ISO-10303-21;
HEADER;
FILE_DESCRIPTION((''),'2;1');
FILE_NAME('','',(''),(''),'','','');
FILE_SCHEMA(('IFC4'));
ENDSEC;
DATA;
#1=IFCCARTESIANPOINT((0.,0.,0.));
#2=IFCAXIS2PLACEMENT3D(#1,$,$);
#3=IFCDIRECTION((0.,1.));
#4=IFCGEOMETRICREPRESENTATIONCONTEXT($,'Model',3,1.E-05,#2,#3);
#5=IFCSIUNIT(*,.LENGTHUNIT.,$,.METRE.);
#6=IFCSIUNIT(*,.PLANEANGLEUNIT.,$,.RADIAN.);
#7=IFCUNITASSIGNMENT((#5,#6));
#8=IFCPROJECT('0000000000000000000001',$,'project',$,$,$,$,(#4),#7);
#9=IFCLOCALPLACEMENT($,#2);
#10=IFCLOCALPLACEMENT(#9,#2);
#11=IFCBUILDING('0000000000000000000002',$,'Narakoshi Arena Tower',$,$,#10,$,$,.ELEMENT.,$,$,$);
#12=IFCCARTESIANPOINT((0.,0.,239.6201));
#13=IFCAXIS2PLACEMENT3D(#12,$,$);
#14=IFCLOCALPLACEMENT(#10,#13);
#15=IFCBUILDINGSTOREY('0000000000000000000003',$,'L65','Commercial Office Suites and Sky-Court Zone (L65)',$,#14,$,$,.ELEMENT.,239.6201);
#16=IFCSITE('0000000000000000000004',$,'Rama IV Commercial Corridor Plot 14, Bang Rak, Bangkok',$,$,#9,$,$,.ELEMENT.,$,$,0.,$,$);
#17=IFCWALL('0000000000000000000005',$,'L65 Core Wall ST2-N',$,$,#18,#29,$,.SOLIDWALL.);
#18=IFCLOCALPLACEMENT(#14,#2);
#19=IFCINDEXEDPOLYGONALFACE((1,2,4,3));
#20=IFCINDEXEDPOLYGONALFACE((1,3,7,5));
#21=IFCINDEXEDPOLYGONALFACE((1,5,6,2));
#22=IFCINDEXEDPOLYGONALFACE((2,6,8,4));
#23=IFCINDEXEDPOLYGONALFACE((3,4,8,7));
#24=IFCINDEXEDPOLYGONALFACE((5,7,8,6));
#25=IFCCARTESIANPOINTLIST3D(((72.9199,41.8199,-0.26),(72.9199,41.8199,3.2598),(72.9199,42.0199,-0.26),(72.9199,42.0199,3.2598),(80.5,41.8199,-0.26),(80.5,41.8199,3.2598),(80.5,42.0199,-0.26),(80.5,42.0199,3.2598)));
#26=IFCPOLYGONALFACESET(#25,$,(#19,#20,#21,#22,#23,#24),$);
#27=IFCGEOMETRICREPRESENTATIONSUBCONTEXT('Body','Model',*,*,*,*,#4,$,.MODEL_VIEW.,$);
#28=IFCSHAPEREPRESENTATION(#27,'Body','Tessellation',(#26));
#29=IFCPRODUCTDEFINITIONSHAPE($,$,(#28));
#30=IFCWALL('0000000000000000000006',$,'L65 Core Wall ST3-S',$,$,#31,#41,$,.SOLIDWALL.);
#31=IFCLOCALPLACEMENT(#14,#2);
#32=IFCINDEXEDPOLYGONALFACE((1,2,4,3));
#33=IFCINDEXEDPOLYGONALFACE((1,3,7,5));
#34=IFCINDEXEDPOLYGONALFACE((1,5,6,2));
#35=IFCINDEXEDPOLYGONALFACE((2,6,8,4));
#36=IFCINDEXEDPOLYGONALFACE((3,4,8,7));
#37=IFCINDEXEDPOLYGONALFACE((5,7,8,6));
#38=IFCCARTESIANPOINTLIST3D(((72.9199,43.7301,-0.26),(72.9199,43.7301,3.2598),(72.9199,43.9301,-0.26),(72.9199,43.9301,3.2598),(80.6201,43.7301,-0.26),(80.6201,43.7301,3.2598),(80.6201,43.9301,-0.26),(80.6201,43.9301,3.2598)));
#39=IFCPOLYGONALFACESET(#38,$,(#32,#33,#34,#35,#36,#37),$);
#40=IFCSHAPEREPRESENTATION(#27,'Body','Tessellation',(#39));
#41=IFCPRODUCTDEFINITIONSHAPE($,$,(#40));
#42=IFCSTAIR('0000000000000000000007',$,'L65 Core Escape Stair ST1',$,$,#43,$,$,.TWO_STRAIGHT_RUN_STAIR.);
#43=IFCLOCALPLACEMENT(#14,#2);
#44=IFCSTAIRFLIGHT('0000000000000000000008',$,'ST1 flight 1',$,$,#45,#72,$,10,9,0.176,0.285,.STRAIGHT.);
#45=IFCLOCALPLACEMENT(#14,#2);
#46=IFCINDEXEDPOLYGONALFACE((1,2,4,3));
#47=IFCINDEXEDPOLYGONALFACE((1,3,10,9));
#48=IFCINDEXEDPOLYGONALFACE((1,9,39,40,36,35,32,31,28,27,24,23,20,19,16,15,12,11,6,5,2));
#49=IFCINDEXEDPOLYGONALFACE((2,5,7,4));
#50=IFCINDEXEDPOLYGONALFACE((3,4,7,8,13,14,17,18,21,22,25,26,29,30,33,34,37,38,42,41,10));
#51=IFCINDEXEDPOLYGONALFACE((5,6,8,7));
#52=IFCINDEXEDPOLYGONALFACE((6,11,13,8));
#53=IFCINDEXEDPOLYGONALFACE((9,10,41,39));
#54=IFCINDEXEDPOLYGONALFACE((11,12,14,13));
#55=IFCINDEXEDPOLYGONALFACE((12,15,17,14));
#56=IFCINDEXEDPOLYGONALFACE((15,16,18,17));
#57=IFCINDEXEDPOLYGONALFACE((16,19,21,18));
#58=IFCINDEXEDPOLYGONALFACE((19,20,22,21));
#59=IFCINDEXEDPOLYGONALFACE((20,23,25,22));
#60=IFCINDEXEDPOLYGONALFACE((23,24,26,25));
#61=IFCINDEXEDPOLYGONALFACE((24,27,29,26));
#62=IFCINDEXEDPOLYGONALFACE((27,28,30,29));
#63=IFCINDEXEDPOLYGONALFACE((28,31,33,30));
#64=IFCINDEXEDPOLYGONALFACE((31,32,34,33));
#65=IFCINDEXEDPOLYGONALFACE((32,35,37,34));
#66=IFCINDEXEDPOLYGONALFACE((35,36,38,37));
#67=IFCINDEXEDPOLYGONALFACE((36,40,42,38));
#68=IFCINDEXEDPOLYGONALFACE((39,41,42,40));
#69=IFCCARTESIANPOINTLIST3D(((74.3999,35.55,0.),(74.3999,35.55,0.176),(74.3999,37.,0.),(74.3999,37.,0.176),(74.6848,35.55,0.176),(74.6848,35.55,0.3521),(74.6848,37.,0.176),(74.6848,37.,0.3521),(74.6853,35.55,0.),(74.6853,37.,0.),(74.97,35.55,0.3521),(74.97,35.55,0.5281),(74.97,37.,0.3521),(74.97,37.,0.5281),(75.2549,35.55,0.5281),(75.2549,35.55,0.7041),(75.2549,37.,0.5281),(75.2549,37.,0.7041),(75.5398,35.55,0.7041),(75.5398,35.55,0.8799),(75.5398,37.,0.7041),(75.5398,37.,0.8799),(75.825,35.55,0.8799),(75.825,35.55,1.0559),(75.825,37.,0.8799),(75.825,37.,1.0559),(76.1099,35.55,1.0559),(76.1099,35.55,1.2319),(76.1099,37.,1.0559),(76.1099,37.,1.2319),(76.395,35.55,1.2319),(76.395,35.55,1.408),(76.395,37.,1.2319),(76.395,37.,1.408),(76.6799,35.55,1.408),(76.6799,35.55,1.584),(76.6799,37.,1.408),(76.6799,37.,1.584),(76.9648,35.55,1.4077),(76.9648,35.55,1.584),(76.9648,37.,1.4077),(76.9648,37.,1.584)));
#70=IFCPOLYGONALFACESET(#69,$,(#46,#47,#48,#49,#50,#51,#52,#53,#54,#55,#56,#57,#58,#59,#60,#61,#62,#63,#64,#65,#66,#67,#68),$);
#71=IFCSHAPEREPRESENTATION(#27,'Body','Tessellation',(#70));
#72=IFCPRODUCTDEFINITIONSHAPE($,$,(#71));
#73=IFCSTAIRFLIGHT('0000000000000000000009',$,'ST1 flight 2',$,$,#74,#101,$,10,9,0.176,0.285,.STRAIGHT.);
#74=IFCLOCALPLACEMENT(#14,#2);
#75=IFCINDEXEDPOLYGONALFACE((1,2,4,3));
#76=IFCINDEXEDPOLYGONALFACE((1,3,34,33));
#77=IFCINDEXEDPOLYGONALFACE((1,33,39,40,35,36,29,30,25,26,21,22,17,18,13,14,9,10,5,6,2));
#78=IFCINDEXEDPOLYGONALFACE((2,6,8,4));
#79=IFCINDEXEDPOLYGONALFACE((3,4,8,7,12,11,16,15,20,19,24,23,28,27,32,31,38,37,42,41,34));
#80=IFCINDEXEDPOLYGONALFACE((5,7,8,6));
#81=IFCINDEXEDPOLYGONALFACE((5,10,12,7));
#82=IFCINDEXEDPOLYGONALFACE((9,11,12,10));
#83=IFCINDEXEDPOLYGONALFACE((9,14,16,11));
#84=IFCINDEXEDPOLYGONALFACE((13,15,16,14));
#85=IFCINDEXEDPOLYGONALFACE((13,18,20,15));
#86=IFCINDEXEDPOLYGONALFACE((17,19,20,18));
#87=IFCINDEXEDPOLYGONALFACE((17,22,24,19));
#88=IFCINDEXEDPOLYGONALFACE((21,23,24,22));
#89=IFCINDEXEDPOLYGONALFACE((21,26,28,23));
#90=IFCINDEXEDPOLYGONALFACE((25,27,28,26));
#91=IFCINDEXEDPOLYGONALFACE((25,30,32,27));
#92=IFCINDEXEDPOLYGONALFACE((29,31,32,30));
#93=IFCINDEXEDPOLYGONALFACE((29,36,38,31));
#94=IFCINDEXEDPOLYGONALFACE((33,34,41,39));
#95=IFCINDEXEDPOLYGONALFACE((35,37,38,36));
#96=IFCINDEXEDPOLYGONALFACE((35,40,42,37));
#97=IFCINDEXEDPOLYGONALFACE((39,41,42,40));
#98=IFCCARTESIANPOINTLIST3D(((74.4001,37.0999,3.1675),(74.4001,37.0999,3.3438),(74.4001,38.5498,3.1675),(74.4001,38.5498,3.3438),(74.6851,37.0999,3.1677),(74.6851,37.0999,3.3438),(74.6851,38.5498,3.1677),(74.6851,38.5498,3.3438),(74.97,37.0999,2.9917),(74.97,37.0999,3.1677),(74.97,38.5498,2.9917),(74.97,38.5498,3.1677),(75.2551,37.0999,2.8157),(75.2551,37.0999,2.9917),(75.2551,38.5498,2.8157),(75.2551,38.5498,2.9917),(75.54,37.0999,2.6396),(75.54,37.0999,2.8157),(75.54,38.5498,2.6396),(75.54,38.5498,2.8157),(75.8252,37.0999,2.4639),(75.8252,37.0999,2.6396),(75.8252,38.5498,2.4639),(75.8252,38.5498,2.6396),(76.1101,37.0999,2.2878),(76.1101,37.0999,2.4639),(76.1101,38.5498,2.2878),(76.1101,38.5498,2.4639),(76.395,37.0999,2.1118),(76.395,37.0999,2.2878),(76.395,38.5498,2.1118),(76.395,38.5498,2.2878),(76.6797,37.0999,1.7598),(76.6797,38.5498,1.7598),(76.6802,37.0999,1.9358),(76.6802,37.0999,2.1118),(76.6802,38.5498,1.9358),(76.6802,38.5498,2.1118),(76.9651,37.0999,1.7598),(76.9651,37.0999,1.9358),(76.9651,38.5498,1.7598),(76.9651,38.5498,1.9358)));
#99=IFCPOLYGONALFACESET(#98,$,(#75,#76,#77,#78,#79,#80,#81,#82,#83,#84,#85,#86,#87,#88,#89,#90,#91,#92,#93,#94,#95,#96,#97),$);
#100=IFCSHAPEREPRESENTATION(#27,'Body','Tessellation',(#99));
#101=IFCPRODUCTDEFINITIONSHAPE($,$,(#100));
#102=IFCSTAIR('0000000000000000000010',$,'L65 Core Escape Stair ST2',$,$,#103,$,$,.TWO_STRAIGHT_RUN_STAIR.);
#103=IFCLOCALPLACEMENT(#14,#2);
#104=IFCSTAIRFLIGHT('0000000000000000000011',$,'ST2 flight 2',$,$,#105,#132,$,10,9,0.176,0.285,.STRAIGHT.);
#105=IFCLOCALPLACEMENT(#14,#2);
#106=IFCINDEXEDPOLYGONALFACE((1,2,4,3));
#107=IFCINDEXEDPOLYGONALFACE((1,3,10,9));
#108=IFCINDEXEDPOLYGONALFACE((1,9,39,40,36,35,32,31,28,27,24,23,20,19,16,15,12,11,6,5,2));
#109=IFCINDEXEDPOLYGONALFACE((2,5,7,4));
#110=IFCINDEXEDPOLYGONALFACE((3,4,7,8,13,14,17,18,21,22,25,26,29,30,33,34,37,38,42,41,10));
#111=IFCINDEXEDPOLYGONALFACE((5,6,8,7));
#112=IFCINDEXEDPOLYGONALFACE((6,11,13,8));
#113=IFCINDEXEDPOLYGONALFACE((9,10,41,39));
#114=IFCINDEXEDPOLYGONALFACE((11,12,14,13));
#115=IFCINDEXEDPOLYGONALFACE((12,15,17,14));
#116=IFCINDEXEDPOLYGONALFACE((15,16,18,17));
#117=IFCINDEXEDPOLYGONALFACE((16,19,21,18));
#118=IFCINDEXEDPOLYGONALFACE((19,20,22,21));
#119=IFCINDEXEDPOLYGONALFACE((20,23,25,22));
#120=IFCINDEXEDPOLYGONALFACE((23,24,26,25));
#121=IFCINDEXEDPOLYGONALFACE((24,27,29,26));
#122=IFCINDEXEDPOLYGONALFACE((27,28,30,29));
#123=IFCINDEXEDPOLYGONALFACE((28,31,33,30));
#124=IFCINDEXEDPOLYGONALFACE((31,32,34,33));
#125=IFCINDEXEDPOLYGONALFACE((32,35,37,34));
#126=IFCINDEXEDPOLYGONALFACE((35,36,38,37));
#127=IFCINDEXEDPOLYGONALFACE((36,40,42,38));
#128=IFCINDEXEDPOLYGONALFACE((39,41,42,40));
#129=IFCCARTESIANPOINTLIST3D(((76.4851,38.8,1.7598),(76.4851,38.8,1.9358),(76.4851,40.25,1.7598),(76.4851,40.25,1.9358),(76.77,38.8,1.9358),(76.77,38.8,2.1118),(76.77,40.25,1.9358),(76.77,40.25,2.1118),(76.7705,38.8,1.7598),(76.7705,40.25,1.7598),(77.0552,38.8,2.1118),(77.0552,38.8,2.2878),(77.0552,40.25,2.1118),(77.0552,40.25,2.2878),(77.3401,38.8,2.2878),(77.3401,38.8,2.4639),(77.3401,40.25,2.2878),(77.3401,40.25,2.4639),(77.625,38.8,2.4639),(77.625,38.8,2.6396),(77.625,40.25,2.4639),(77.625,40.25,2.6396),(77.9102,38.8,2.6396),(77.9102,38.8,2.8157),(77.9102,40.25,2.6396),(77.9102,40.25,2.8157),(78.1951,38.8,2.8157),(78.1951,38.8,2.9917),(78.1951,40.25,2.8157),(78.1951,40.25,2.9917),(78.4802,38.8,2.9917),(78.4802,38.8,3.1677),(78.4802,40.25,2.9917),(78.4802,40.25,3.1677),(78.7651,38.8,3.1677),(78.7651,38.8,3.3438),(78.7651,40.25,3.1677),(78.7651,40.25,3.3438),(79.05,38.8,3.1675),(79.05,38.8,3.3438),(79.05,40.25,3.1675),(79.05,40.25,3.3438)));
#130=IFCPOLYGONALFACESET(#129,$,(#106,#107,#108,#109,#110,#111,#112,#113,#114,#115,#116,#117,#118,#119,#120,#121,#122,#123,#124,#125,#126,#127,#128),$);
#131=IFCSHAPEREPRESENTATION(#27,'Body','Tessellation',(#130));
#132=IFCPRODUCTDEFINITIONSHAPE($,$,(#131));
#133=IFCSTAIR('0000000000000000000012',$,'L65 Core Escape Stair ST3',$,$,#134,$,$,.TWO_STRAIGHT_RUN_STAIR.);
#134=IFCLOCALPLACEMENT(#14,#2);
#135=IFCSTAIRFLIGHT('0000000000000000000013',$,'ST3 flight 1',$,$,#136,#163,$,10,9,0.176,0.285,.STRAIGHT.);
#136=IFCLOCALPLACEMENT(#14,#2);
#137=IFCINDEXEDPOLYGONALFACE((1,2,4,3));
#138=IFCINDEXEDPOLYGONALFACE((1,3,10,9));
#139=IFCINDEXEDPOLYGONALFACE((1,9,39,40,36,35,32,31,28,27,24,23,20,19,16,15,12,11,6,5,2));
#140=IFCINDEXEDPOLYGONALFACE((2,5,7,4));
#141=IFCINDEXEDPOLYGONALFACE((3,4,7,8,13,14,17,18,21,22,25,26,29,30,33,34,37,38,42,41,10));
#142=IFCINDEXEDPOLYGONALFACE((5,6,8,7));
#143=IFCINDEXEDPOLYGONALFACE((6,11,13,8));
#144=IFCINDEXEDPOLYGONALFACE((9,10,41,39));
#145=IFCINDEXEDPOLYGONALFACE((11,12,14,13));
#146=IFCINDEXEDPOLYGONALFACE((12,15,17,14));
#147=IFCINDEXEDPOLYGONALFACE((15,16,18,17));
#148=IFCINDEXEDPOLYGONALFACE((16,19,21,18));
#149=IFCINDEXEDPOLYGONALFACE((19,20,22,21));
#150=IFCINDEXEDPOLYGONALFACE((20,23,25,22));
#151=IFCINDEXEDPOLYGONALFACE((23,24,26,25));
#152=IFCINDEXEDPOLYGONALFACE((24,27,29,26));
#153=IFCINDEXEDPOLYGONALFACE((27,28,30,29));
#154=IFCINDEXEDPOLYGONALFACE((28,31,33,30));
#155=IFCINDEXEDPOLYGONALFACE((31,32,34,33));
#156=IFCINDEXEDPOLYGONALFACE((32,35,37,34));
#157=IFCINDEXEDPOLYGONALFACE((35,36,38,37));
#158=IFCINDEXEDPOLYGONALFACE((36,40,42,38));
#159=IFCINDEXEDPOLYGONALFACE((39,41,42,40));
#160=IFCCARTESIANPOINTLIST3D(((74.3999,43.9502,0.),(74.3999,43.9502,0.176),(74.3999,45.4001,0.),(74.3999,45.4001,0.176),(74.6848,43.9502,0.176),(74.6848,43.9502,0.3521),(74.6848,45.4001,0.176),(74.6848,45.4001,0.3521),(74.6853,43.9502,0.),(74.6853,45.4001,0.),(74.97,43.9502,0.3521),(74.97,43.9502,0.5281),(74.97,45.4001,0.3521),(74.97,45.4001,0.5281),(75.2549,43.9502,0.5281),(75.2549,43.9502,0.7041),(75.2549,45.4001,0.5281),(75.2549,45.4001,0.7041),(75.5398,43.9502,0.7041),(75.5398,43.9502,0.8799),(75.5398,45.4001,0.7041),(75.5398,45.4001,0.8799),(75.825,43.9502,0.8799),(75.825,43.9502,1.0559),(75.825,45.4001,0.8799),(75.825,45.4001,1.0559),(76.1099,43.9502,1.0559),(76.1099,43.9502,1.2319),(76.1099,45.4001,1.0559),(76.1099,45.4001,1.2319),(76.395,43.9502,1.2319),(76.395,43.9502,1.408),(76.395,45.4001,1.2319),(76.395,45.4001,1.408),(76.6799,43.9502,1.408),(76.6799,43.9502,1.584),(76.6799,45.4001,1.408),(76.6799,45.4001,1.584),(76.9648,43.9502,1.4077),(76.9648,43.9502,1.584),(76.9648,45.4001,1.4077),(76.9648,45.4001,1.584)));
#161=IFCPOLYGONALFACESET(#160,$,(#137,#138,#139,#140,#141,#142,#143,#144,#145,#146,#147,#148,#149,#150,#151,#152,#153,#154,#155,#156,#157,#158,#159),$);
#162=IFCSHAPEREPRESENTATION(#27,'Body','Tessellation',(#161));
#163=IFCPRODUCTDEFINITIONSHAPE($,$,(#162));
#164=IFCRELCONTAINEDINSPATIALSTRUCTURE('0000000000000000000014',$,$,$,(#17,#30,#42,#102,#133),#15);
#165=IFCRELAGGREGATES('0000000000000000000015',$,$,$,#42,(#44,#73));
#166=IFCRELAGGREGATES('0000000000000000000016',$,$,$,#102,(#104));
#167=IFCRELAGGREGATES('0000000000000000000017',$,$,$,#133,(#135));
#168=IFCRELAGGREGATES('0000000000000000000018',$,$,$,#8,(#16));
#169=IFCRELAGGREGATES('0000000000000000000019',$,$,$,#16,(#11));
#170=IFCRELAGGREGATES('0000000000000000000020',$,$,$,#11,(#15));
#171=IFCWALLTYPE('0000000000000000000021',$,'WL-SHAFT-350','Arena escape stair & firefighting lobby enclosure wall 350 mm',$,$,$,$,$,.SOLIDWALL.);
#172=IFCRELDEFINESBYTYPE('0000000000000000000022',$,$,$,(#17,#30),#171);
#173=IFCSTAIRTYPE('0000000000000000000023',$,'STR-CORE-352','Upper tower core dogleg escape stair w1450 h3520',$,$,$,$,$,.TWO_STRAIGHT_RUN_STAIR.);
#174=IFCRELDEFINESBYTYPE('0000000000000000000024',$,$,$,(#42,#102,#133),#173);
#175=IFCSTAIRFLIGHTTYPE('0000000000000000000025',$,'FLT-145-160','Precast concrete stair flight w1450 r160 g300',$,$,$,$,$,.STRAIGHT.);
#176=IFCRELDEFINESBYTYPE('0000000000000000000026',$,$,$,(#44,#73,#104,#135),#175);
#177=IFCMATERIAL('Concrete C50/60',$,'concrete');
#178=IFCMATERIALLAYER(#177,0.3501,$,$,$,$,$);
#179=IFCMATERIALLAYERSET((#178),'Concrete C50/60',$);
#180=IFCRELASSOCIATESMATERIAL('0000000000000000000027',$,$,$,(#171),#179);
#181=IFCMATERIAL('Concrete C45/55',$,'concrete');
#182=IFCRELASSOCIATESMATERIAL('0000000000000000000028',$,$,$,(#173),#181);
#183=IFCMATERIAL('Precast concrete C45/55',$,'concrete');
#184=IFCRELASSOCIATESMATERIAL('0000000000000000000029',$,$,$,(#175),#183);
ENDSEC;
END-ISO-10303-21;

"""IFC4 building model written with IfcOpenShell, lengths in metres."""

from ifc_helpers import new_model, si_unit, direction, frame, frame_2d, origin, place, context, subcontext, project, spatial, polyline, rectangle, outline, extrude, material, layer, layer_set, type_object, element, aggregate, save


model = new_model("IFC4")

# Units and contexts
model_context = context("Model", 3, precision=1e-05, world=origin(), true_north=direction((0.0, 1.0)))
body_context = subcontext(model_context, "Body", "Model", "MODEL_VIEW")
ifc_project = project(units=[si_unit("LENGTHUNIT", "METRE"), si_unit("PLANEANGLEUNIT", "RADIAN")], contexts=[model_context])

# Site, building, storey
site_placement = place(None, origin())
site = spatial("IfcSite", under=ifc_project, at=site_placement, Name="Rama IV Commercial Corridor Plot 14, Bang Rak, Bangkok", CompositionType="ELEMENT", RefElevation=0.0)
building_placement = place(site_placement, origin())
building = spatial("IfcBuilding", under=site, at=building_placement, Name="Narakoshi Arena Tower", CompositionType="ELEMENT")
storey_placement = place(building_placement, frame((0.0, 0.0, 239.6201)))
storey = spatial("IfcBuildingStorey", under=building, at=storey_placement, Name="L65", Description="Commercial Office Suites and Sky-Court Zone (L65)", CompositionType="ELEMENT", Elevation=239.6201)

# Shared definitions
ifc_material_1 = material(Name="Concrete C50/60", Category="concrete")

# Shared definitions
ifc_material_2 = material(Name="Precast concrete C45/55", Category="concrete")

# Walls
ifc_layer_1 = layer(ifc_material_1, 0.3501)
ifc_layer_set_1 = layer_set([ifc_layer_1], Name="Concrete C50/60")
wall_type_1 = type_object("IfcWallType", Name="WL-SHAFT-350", Description="Arena escape stair & firefighting lobby enclosure wall 350 mm", PredefinedType="SOLIDWALL", material=ifc_layer_set_1)
wall_1_placement = place(storey_placement, frame((72.9199, 41.9199, -0.26), z_axis=(0.0, 0.0, 1.0), x_axis=(1.0, 0.0, 0.0)))
element("IfcWall", 1, at=wall_1_placement, inside=storey, type_object=wall_type_1, Name="L65 Core Wall ST2-N", PredefinedType="SOLIDWALL", context=body_context, shape_type="SweptSolid", body=[
    extrude(rectangle(XDim=7.5801, YDim=0.2, at=frame_2d((3.79, 0.0))), origin(), (0.0, 0.0, 1.0), 3.5198),
])
wall_2_placement = place(storey_placement, frame((72.9199, 43.8301, -0.26), z_axis=(0.0, 0.0, 1.0), x_axis=(1.0, 0.0, 0.0)))
element("IfcWall", 2, at=wall_2_placement, inside=storey, type_object=wall_type_1, Name="L65 Core Wall ST3-S", PredefinedType="SOLIDWALL", context=body_context, shape_type="SweptSolid", body=[
    extrude(rectangle(XDim=7.7002, YDim=0.2, at=frame_2d((3.8501, 0.0))), origin(), (0.0, 0.0, 1.0), 3.5198),
])

# Stair, stair flights
ifc_material_3 = material(Name="Concrete C45/55", Category="concrete")
stair_type = type_object("IfcStairType", Name="STR-CORE-352", Description="Upper tower core dogleg escape stair w1450 h3520", PredefinedType="TWO_STRAIGHT_RUN_STAIR", material=ifc_material_3)
stair_1_placement = place(storey_placement, origin())
stair_1 = element("IfcStair", 3, at=stair_1_placement, inside=storey, type_object=stair_type, Name="L65 Core Escape Stair ST1", PredefinedType="TWO_STRAIGHT_RUN_STAIR")
stair_flight_type = type_object("IfcStairFlightType", Name="FLT-145-160", Description="Precast concrete stair flight w1450 r160 g300", PredefinedType="STRAIGHT", material=ifc_material_2)
stair_flight_1_placement = place(storey_placement, frame((74.3999, 36.2749, 0.0), z_axis=(0.0, 0.0, 1.0), x_axis=(1.0, 0.0, 0.0)))
stair_flight_1 = element("IfcStairFlight", 4, at=stair_flight_1_placement, type_object=stair_flight_type, Name="ST1 flight 1", NumberOfRisers=10, NumberOfTreads=9, PredefinedType="STRAIGHT", RiserHeight=0.176, TreadLength=0.285, context=body_context, shape_type="SweptSolid", body=[
    extrude(outline(polyline([(0.0, 0.0), (0.0, 0.176), (0.2849, 0.176), (0.2849, 0.3521), (0.5701, 0.3521), (0.5701, 0.5281), (0.855, 0.5281), (0.855, 0.7041), (1.1399, 0.7041), (1.1399, 0.8799), (1.425, 0.8799), (1.425, 1.0559), (1.71, 1.0559), (1.71, 1.2319), (1.9951, 1.2319), (1.9951, 1.408), (2.28, 1.408), (2.28, 1.584), (2.5649, 1.584), (2.5649, 1.76), (2.5649, 1.4077), (0.2854, 0.0), (0.0, 0.0)])), frame((0.0, 0.7251, 0.0), z_axis=(0.0, -1.0, 0.0), x_axis=(1.0, 0.0, 0.0)), (0.0, 0.0, 1.0), 1.45),
])
stair_flight_2_placement = place(storey_placement, frame((76.9651, 37.825, 1.7598), z_axis=(0.0, 0.0, 1.0), x_axis=(-1.0, 0.0, 0.0)))
stair_flight_2 = element("IfcStairFlight", 5, at=stair_flight_2_placement, type_object=stair_flight_type, Name="ST1 flight 2", NumberOfRisers=10, NumberOfTreads=9, PredefinedType="STRAIGHT", RiserHeight=0.176, TreadLength=0.285, context=body_context, shape_type="SweptSolid", body=[
    extrude(outline(polyline([(0.0, 0.0), (0.0, 0.176), (0.2849, 0.176), (0.2849, 0.3521), (0.5701, 0.3521), (0.5701, 0.5281), (0.855, 0.5281), (0.855, 0.7041), (1.1399, 0.7041), (1.1399, 0.8799), (1.425, 0.8799), (1.425, 1.0559), (1.71, 1.0559), (1.71, 1.2319), (1.9951, 1.2319), (1.9951, 1.408), (2.28, 1.408), (2.28, 1.584), (2.5649, 1.584), (2.5649, 1.76), (2.5649, 1.4077), (0.2854, 0.0), (0.0, 0.0)])), frame((0.0, 0.7251, 0.0), z_axis=(0.0, -1.0, 0.0), x_axis=(1.0, 0.0, 0.0)), (0.0, 0.0, 1.0), 1.45),
])
aggregate(stair_1, [stair_flight_1, stair_flight_2])

# Stairs, stair flights
stair_2_placement = place(storey_placement, origin())
stair_2 = element("IfcStair", 6, at=stair_2_placement, inside=storey, type_object=stair_type, Name="L65 Core Escape Stair ST2", PredefinedType="TWO_STRAIGHT_RUN_STAIR")
stair_flight_3_placement = place(storey_placement, frame((76.4851, 39.5249, 1.7598), z_axis=(0.0, 0.0, 1.0), x_axis=(1.0, 0.0, 0.0)))
stair_flight_3 = element("IfcStairFlight", 7, at=stair_flight_3_placement, type_object=stair_flight_type, Name="ST2 flight 2", NumberOfRisers=10, NumberOfTreads=9, PredefinedType="STRAIGHT", RiserHeight=0.176, TreadLength=0.285, context=body_context, shape_type="SweptSolid", body=[
    extrude(outline(polyline([(0.0, 0.0), (0.0, 0.176), (0.2849, 0.176), (0.2849, 0.3521), (0.5701, 0.3521), (0.5701, 0.5281), (0.855, 0.5281), (0.855, 0.7041), (1.1399, 0.7041), (1.1399, 0.8799), (1.425, 0.8799), (1.425, 1.0559), (1.71, 1.0559), (1.71, 1.2319), (1.9951, 1.2319), (1.9951, 1.408), (2.28, 1.408), (2.28, 1.584), (2.5649, 1.584), (2.5649, 1.76), (2.5649, 1.4077), (0.2854, 0.0), (0.0, 0.0)])), frame((0.0, 0.7251, 0.0), z_axis=(0.0, -1.0, 0.0), x_axis=(1.0, 0.0, 0.0)), (0.0, 0.0, 1.0), 1.45),
])
aggregate(stair_2, [stair_flight_3])
stair_3_placement = place(storey_placement, origin())
stair_3 = element("IfcStair", 8, at=stair_3_placement, inside=storey, type_object=stair_type, Name="L65 Core Escape Stair ST3", PredefinedType="TWO_STRAIGHT_RUN_STAIR")
stair_flight_4_placement = place(storey_placement, frame((74.3999, 44.675, 0.0), z_axis=(0.0, 0.0, 1.0), x_axis=(1.0, 0.0, 0.0)))
stair_flight_4 = element("IfcStairFlight", 9, at=stair_flight_4_placement, type_object=stair_flight_type, Name="ST3 flight 1", NumberOfRisers=10, NumberOfTreads=9, PredefinedType="STRAIGHT", RiserHeight=0.176, TreadLength=0.285, context=body_context, shape_type="SweptSolid", body=[
    extrude(outline(polyline([(0.0, 0.0), (0.0, 0.176), (0.2849, 0.176), (0.2849, 0.3521), (0.5701, 0.3521), (0.5701, 0.5281), (0.855, 0.5281), (0.855, 0.7041), (1.1399, 0.7041), (1.1399, 0.8799), (1.425, 0.8799), (1.425, 1.0559), (1.71, 1.0559), (1.71, 1.2319), (1.9951, 1.2319), (1.9951, 1.408), (2.28, 1.408), (2.28, 1.584), (2.5649, 1.584), (2.5649, 1.76), (2.5649, 1.4077), (0.2854, 0.0), (0.0, 0.0)])), frame((0.0, 0.7251, 0.0), z_axis=(0.0, -1.0, 0.0), x_axis=(1.0, 0.0, 0.0)), (0.0, 0.0, 1.0), 1.45),
])
aggregate(stair_3, [stair_flight_4])

save(model, "model.ifc")
